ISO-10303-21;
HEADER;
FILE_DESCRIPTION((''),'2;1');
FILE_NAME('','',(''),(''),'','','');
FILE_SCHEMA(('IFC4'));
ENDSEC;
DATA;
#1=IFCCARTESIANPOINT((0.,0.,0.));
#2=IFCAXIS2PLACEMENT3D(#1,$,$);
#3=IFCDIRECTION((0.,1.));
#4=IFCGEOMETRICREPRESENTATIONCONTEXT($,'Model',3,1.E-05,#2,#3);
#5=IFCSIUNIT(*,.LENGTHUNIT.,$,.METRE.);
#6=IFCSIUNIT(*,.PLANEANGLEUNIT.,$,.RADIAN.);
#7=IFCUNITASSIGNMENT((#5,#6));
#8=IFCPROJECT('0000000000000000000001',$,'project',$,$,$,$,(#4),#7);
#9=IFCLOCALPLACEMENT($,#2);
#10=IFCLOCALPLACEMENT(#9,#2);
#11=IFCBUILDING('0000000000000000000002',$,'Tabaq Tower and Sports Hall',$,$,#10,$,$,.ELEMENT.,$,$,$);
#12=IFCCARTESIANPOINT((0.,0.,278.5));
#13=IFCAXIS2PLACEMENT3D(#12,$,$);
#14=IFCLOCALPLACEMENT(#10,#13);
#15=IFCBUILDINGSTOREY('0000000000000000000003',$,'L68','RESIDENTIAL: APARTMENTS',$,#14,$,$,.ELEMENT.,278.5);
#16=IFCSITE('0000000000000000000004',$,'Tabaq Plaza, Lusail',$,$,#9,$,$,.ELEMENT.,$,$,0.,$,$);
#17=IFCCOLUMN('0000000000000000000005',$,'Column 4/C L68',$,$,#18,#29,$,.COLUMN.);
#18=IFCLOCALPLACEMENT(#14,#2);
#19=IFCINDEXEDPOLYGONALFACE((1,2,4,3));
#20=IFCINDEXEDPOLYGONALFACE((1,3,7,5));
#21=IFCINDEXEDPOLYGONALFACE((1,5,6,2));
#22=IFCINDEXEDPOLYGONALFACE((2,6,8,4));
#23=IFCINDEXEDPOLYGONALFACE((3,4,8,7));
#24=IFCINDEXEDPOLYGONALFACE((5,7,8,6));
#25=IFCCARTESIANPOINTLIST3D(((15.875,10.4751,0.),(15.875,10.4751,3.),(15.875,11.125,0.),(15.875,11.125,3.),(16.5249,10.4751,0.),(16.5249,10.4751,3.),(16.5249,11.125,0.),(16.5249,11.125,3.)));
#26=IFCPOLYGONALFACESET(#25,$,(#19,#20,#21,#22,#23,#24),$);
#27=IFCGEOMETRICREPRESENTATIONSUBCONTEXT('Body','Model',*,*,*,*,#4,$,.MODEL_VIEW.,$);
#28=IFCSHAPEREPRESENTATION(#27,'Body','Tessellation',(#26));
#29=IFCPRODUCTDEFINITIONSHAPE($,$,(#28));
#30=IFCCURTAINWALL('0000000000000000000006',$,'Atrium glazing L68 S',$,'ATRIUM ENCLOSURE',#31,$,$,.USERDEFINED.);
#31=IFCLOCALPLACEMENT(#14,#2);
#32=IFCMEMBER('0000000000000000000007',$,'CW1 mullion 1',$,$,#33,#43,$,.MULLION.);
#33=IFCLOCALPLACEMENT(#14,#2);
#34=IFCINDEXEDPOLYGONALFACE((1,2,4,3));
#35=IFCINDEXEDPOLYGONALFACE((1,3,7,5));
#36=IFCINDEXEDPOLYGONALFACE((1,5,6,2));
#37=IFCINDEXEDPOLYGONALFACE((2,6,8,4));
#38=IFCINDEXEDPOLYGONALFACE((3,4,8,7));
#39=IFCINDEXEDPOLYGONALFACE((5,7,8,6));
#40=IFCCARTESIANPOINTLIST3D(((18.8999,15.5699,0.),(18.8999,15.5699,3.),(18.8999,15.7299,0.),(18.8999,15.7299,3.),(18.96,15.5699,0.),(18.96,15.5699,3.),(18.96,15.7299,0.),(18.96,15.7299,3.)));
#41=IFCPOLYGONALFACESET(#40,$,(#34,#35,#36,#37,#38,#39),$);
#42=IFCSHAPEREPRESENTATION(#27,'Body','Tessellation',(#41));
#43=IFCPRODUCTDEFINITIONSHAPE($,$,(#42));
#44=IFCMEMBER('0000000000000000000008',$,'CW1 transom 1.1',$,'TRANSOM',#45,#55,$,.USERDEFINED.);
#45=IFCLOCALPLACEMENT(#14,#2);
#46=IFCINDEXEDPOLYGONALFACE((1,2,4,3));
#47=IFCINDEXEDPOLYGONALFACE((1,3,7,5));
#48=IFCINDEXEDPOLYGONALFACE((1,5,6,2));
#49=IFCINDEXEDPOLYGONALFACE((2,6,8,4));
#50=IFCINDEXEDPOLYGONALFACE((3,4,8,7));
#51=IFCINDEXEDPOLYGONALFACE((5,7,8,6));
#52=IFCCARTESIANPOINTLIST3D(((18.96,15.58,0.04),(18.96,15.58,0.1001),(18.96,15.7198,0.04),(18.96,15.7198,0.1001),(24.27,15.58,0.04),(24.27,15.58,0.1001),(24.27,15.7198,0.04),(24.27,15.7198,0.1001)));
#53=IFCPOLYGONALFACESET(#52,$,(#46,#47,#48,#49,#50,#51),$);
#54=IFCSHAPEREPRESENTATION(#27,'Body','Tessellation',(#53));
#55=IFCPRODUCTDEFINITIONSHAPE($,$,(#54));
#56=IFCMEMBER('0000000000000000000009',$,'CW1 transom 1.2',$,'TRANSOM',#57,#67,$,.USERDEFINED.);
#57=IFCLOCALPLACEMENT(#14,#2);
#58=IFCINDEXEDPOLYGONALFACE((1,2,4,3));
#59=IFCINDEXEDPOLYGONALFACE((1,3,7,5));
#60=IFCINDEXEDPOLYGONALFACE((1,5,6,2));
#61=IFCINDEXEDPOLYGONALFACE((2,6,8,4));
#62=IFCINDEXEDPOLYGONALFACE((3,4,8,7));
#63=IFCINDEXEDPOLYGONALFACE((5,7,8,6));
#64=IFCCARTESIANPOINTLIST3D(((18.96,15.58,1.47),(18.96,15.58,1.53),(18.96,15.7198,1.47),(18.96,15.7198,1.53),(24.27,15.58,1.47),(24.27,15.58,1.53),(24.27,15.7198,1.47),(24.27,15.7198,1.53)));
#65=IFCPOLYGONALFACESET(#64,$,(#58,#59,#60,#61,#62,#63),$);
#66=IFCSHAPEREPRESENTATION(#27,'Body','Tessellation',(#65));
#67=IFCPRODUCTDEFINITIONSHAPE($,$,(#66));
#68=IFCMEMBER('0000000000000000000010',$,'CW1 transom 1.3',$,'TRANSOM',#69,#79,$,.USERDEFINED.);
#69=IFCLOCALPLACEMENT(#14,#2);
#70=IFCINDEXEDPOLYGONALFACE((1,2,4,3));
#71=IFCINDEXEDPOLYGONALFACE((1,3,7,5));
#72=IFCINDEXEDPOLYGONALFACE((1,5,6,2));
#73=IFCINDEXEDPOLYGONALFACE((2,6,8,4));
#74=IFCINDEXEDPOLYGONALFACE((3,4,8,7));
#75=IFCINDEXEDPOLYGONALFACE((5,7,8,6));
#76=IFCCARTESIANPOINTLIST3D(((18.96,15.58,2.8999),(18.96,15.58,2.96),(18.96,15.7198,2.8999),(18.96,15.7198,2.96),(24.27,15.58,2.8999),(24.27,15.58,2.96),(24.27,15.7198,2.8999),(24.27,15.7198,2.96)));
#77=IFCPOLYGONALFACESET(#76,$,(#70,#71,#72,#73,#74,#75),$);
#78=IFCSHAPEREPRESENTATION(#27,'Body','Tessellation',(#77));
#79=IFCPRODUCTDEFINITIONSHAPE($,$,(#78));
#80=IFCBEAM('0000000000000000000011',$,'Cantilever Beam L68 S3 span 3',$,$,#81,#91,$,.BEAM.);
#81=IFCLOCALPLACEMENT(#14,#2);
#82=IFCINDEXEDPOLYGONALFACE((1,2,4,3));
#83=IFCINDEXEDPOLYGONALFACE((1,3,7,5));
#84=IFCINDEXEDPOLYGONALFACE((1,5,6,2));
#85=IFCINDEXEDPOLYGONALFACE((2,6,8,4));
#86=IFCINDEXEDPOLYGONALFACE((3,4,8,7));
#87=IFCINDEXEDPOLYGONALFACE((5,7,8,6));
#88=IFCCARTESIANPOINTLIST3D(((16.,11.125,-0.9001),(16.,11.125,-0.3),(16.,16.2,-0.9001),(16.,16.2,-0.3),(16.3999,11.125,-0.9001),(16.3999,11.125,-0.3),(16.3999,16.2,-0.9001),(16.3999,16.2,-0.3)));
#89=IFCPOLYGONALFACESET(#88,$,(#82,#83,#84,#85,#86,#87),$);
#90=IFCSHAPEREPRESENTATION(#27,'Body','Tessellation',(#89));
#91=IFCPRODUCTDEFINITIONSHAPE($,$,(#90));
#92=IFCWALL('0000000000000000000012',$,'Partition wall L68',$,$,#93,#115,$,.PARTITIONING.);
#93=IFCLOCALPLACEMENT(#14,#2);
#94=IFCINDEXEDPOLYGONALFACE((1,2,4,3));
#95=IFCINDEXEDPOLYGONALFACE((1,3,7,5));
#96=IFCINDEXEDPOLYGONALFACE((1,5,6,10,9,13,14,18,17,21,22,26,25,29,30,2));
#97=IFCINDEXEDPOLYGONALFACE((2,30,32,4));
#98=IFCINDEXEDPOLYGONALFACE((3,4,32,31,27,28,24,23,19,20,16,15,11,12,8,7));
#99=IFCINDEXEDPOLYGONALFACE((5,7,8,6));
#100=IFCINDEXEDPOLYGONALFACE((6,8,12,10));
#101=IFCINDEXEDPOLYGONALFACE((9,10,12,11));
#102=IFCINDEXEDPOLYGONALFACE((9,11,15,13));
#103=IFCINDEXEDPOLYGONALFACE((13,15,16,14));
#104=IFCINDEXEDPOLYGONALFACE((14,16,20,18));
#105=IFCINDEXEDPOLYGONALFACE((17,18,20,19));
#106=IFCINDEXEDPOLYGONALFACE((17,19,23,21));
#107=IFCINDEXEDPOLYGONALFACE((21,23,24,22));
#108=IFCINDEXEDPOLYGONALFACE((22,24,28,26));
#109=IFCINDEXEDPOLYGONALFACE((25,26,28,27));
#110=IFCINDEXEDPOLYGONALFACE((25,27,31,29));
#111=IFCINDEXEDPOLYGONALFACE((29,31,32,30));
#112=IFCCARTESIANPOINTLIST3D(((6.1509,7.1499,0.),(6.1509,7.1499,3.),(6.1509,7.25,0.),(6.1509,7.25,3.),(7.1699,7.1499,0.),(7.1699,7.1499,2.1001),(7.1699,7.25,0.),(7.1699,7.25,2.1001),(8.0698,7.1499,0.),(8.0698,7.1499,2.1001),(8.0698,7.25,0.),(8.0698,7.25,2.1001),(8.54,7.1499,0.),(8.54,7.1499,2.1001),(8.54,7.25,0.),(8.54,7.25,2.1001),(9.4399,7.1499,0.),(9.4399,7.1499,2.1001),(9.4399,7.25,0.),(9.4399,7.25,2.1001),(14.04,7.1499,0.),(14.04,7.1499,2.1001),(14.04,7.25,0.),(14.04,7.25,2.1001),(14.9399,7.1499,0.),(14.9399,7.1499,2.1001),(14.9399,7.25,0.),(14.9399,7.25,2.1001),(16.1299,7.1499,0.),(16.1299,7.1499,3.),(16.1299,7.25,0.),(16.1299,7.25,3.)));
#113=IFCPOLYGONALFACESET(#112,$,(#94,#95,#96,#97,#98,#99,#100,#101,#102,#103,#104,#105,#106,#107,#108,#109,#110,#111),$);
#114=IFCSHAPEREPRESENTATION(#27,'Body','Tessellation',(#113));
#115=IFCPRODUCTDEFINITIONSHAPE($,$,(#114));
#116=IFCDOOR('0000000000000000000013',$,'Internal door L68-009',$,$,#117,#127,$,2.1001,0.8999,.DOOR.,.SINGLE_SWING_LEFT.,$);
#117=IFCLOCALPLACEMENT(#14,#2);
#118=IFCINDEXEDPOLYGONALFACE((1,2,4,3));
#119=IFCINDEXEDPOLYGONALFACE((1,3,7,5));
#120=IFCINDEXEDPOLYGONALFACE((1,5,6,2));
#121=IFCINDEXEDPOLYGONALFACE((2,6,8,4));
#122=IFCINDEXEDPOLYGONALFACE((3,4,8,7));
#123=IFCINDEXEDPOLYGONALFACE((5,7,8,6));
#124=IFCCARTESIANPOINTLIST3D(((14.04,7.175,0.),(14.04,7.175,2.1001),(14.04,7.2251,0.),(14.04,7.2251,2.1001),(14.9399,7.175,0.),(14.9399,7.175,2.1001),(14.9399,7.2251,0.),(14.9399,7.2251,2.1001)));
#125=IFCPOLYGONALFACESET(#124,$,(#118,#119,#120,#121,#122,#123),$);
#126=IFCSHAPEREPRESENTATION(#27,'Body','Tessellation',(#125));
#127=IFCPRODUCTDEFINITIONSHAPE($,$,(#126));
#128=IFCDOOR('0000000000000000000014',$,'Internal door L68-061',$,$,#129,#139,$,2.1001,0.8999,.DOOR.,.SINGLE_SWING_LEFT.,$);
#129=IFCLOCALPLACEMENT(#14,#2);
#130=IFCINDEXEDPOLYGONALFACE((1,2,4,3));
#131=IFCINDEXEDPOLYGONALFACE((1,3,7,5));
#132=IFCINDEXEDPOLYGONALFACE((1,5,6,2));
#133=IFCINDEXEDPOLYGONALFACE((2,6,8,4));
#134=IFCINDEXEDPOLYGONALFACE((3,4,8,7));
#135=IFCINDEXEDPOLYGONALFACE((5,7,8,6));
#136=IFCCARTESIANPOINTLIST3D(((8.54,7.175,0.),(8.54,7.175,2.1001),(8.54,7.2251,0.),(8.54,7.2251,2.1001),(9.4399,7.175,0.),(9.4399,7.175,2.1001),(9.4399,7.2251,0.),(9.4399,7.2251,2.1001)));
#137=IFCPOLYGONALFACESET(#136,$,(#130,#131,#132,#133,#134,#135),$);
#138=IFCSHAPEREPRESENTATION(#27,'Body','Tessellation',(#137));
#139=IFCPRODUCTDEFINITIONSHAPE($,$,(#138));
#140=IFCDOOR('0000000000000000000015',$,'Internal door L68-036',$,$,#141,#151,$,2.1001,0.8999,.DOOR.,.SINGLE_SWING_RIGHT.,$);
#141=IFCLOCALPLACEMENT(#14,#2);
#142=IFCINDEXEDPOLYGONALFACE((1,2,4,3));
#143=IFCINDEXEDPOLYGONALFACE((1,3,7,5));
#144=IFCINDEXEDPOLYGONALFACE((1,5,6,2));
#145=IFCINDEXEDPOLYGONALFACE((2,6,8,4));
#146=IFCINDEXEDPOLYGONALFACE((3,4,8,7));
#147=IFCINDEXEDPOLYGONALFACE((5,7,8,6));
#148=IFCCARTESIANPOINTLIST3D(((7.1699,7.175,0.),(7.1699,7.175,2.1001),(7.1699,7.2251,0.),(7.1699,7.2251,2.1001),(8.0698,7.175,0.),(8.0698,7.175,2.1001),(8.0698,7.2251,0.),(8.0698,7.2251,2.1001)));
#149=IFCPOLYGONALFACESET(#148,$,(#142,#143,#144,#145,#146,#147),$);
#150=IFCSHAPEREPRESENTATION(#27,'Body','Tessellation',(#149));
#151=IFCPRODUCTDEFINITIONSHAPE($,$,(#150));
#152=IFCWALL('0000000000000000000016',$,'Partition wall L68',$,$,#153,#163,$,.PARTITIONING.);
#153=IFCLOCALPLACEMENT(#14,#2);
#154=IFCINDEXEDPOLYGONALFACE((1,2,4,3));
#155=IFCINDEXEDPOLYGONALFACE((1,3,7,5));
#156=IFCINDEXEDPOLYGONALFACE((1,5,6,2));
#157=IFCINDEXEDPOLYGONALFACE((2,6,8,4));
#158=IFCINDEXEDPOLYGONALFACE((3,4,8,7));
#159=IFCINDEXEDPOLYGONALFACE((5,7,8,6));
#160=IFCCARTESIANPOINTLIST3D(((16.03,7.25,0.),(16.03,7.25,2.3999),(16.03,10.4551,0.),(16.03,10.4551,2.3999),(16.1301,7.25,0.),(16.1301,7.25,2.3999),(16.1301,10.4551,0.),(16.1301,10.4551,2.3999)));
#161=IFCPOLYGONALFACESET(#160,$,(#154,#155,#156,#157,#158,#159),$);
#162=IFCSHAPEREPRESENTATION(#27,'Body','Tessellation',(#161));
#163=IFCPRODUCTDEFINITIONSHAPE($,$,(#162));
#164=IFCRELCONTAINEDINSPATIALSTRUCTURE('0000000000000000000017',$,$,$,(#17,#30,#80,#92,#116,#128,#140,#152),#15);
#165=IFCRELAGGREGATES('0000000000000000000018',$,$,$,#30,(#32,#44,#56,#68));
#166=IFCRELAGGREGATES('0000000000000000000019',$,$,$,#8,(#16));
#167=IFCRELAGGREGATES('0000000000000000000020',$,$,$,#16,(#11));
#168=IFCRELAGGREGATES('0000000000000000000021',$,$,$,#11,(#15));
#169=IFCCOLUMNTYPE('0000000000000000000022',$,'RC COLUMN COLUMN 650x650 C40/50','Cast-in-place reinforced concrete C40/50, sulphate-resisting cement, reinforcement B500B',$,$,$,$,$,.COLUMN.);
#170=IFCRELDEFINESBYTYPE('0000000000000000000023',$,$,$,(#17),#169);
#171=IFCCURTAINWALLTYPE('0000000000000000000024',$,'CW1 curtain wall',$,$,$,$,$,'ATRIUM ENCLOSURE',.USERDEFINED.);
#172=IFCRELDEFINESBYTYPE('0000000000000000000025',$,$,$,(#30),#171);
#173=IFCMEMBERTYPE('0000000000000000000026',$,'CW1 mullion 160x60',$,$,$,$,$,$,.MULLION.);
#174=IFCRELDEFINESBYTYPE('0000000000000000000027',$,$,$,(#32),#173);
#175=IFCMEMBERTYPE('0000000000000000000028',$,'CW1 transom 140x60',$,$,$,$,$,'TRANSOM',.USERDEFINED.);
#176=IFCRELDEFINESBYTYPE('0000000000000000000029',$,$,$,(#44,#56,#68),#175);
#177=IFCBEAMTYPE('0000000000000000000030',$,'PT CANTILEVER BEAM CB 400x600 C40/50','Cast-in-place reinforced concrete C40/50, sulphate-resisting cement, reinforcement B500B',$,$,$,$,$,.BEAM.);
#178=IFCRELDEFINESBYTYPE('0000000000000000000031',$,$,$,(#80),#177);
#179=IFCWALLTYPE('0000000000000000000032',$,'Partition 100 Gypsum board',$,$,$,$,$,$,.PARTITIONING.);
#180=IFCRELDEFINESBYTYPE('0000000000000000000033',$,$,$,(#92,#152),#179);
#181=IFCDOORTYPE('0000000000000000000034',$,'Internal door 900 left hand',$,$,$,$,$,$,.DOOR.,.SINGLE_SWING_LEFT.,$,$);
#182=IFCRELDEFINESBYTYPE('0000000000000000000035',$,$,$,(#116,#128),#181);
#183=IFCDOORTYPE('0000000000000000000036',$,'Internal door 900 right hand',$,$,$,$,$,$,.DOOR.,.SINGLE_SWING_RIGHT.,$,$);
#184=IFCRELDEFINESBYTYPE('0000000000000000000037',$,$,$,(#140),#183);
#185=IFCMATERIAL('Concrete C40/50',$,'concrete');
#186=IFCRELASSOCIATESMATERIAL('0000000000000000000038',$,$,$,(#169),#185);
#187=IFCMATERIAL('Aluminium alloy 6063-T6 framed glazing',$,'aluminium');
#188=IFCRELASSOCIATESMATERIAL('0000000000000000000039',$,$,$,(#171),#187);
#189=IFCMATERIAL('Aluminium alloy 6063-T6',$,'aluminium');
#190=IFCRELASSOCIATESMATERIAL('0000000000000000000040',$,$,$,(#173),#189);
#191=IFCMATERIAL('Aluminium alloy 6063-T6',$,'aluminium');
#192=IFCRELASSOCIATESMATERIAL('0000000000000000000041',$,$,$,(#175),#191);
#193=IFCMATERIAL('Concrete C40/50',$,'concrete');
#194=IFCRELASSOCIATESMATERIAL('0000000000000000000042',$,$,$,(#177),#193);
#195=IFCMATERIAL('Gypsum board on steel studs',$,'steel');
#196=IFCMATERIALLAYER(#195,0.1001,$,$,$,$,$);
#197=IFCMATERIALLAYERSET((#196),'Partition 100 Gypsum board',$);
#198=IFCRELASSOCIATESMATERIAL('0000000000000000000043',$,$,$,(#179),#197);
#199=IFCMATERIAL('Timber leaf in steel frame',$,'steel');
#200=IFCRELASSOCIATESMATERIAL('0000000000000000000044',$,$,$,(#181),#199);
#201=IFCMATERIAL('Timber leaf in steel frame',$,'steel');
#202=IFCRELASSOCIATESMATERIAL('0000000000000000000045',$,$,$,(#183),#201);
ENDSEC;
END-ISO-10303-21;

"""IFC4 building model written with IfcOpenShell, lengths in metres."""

from ifc_helpers import new_model, si_unit, direction, frame, frame_2d, origin, origin_2d, place, context, subcontext, project, spatial, rectangle, extrude, material, layer, layer_set, material_profile, profile_set, type_object, element, fill, aggregate, save


model = new_model("IFC4")

# Units and contexts
model_context = context("Model", 3, precision=1e-05, world=origin(), true_north=direction((0.0, 1.0)))
body_context = subcontext(model_context, "Body", "Model", "MODEL_VIEW")
ifc_project = project(units=[si_unit("LENGTHUNIT", "METRE"), si_unit("PLANEANGLEUNIT", "RADIAN")], contexts=[model_context])

# Site, building, storey
site_placement = place(None, origin())
site = spatial("IfcSite", under=ifc_project, at=site_placement, Name="Tabaq Plaza, Lusail", CompositionType="ELEMENT", RefElevation=0.0)
building_placement = place(site_placement, origin())
building = spatial("IfcBuilding", under=site, at=building_placement, Name="Tabaq Tower and Sports Hall", CompositionType="ELEMENT")
storey_placement = place(building_placement, frame((0.0, 0.0, 278.5)))
storey = spatial("IfcBuildingStorey", under=building, at=storey_placement, Name="L68", Description="RESIDENTIAL: APARTMENTS", CompositionType="ELEMENT", Elevation=278.5)

# Column
ifc_material_1 = material(Name="Concrete C40/50", Category="concrete")
ifc_material_profile_1 = material_profile(ifc_material_1, rectangle(XDim=0.6499, YDim=0.6499, at=origin_2d()), Name="COLUMN 650x650")
ifc_profile_set_1 = profile_set([ifc_material_profile_1], Name="Concrete C40/50")
column_type = type_object("IfcColumnType", Name="RC COLUMN COLUMN 650x650 C40/50", Description="Cast-in-place reinforced concrete C40/50, sulphate-resisting cement, reinforcement B500B", PredefinedType="COLUMN", material=ifc_profile_set_1)
column_placement = place(storey_placement, frame((16.2, 10.8, 0.0), z_axis=(0.0, 0.0, 1.0), x_axis=(1.0, 0.0, 0.0)))
element("IfcColumn", 1, at=column_placement, inside=storey, type_object=column_type, Name="Column 4/C L68", PredefinedType="COLUMN", context=body_context, shape_type="SweptSolid", body=[
    extrude(rectangle(XDim=0.6499, YDim=0.6499, at=origin_2d()), origin(), (0.0, 0.0, 1.0), 3.0),
])

# Curtain wall, members
ifc_material_2 = material(Name="Aluminium alloy 6063-T6 framed glazing", Category="aluminium")
curtain_wall_type = type_object("IfcCurtainWallType", Name="CW1 curtain wall", ElementType="ATRIUM ENCLOSURE", PredefinedType="USERDEFINED", material=ifc_material_2)
curtain_wall_placement = place(storey_placement, origin())
curtain_wall = element("IfcCurtainWall", 2, at=curtain_wall_placement, inside=storey, type_object=curtain_wall_type, Name="Atrium glazing L68 S", ObjectType="ATRIUM ENCLOSURE", PredefinedType="USERDEFINED")
ifc_material_3 = material(Name="Aluminium alloy 6063-T6", Category="aluminium")
ifc_material_profile_2 = material_profile(ifc_material_3, rectangle(XDim=0.1599, YDim=0.0601, at=origin_2d()), Name="MULLION 160x60")
ifc_profile_set_2 = profile_set([ifc_material_profile_2], Name="Aluminium alloy 6063-T6")
member_type_1 = type_object("IfcMemberType", Name="CW1 mullion 160x60", PredefinedType="MULLION", material=ifc_profile_set_2)
member_1_placement = place(storey_placement, frame((18.9299, 15.6499, 0.0), z_axis=(0.0, 0.0, 1.0), x_axis=(0.0, 1.0, 0.0)))
member_1 = element("IfcMember", 3, at=member_1_placement, type_object=member_type_1, Name="CW1 mullion 1", PredefinedType="MULLION", context=body_context, shape_type="SweptSolid", body=[
    extrude(rectangle(XDim=0.1599, YDim=0.0601, at=origin_2d()), origin(), (0.0, 0.0, 1.0), 3.0),
])
ifc_material_4 = material(Name="Aluminium alloy 6063-T6", Category="aluminium")
ifc_material_profile_3 = material_profile(ifc_material_4, rectangle(XDim=0.1399, YDim=0.0601, at=origin_2d()), Name="TRANSOM 140x60")
ifc_profile_set_3 = profile_set([ifc_material_profile_3], Name="Aluminium alloy 6063-T6")
member_type_2 = type_object("IfcMemberType", Name="CW1 transom 140x60", ElementType="TRANSOM", PredefinedType="USERDEFINED", material=ifc_profile_set_3)
member_2_placement = place(storey_placement, frame((18.96, 15.6499, 0.0701), z_axis=(1.0, 0.0, 0.0), x_axis=(0.0, 1.0, 0.0)))
member_2 = element("IfcMember", 4, at=member_2_placement, type_object=member_type_2, Name="CW1 transom 1.1", ObjectType="TRANSOM", PredefinedType="USERDEFINED", context=body_context, shape_type="SweptSolid", body=[
    extrude(rectangle(XDim=0.1399, YDim=0.0601, at=origin_2d()), origin(), (0.0, 0.0, 1.0), 5.3101),
])
member_3_placement = place(storey_placement, frame((18.96, 15.6499, 1.5), z_axis=(1.0, 0.0, 0.0), x_axis=(0.0, 1.0, 0.0)))
member_3 = element("IfcMember", 5, at=member_3_placement, type_object=member_type_2, Name="CW1 transom 1.2", ObjectType="TRANSOM", PredefinedType="USERDEFINED", context=body_context, shape_type="SweptSolid", body=[
    extrude(rectangle(XDim=0.1399, YDim=0.0601, at=origin_2d()), origin(), (0.0, 0.0, 1.0), 5.3101),
])
member_4_placement = place(storey_placement, frame((18.96, 15.6499, 2.9299), z_axis=(1.0, 0.0, 0.0), x_axis=(0.0, 1.0, 0.0)))
member_4 = element("IfcMember", 6, at=member_4_placement, type_object=member_type_2, Name="CW1 transom 1.3", ObjectType="TRANSOM", PredefinedType="USERDEFINED", context=body_context, shape_type="SweptSolid", body=[
    extrude(rectangle(XDim=0.1399, YDim=0.0601, at=origin_2d()), origin(), (0.0, 0.0, 1.0), 5.3101),
])
aggregate(curtain_wall, [member_1, member_2, member_3, member_4])

# Beam
ifc_material_5 = material(Name="Concrete C40/50", Category="concrete")
ifc_material_profile_4 = material_profile(ifc_material_5, rectangle(XDim=0.3999, YDim=0.6001, at=origin_2d()), Name="CB 400x600")
ifc_profile_set_4 = profile_set([ifc_material_profile_4], Name="Concrete C40/50")
beam_type = type_object("IfcBeamType", Name="PT CANTILEVER BEAM CB 400x600 C40/50", Description="Cast-in-place reinforced concrete C40/50, sulphate-resisting cement, reinforcement B500B", PredefinedType="BEAM", material=ifc_profile_set_4)
beam_placement = place(storey_placement, frame((16.2, 11.125, -0.6001), z_axis=(0.0, 1.0, 0.0), x_axis=(-1.0, 0.0, 0.0)))
element("IfcBeam", 7, at=beam_placement, inside=storey, type_object=beam_type, Name="Cantilever Beam L68 S3 span 3", PredefinedType="BEAM", context=body_context, shape_type="SweptSolid", body=[
    extrude(rectangle(XDim=0.3999, YDim=0.6001, at=origin_2d()), origin(), (0.0, 0.0, 1.0), 5.075),
])

# Wall, openings, doors
ifc_material_6 = material(Name="Gypsum board on steel studs", Category="steel")
ifc_layer = layer(ifc_material_6, 0.1001)
ifc_layer_set = layer_set([ifc_layer], Name="Partition 100 Gypsum board")
wall_type = type_object("IfcWallType", Name="Partition 100 Gypsum board", PredefinedType="PARTITIONING", material=ifc_layer_set)
wall_1_placement = place(storey_placement, frame((16.1299, 7.2, 0.0), z_axis=(0.0, 0.0, 1.0), x_axis=(-1.0, 0.0, 0.0)))
wall_1 = element("IfcWall", 8, at=wall_1_placement, inside=storey, type_object=wall_type, Name="Partition wall L68", PredefinedType="PARTITIONING", context=body_context, shape_type="SweptSolid", body=[
    extrude(rectangle(XDim=9.979, YDim=0.1001, at=frame_2d((4.9895, 0.0))), origin(), (0.0, 0.0, 1.0), 3.0),
])
opening_1_placement = place(wall_1_placement, frame((1.1899, 0.0, 0.0)))
opening_1 = element("IfcOpeningElement", 9, at=opening_1_placement, cuts=wall_1, PredefinedType="OPENING", context=body_context, shape_type="SweptSolid", body=[
    extrude(rectangle(XDim=0.8999, YDim=2.1001, at=frame_2d((0.45, 1.05))), frame((0.0, 0.05, 0.0), z_axis=(0.0, -1.0, 0.0), x_axis=(1.0, 0.0, 0.0)), (0.0, 0.0, 1.0), 0.1001),
])
opening_2_placement = place(wall_1_placement, frame((8.0601, 0.0, 0.0)))
opening_2 = element("IfcOpeningElement", 10, at=opening_2_placement, cuts=wall_1, PredefinedType="OPENING", context=body_context, shape_type="SweptSolid", body=[
    extrude(rectangle(XDim=0.8999, YDim=2.1001, at=frame_2d((0.45, 1.05))), frame((0.0, 0.05, 0.0), z_axis=(0.0, -1.0, 0.0), x_axis=(1.0, 0.0, 0.0)), (0.0, 0.0, 1.0), 0.1001),
])
opening_3_placement = place(wall_1_placement, frame((6.6899, 0.0, 0.0)))
opening_3 = element("IfcOpeningElement", 11, at=opening_3_placement, cuts=wall_1, PredefinedType="OPENING", context=body_context, shape_type="SweptSolid", body=[
    extrude(rectangle(XDim=0.8999, YDim=2.1001, at=frame_2d((0.45, 1.05))), frame((0.0, 0.05, 0.0), z_axis=(0.0, -1.0, 0.0), x_axis=(1.0, 0.0, 0.0)), (0.0, 0.0, 1.0), 0.1001),
])
ifc_material_7 = material(Name="Timber leaf in steel frame", Category="steel")
door_type_1 = type_object("IfcDoorType", Name="Internal door 900 left hand", OperationType="SINGLE_SWING_LEFT", PredefinedType="DOOR", material=ifc_material_7)
door_1_placement = place(opening_1_placement, origin())
door_1 = element("IfcDoor", 12, at=door_1_placement, inside=storey, type_object=door_type_1, Name="Internal door L68-009", OperationType="SINGLE_SWING_LEFT", OverallHeight=2.1001, OverallWidth=0.8999, PredefinedType="DOOR", context=body_context, shape_type="SweptSolid", body=[
    extrude(rectangle(XDim=0.8999, YDim=2.1001, at=frame_2d((0.45, 1.05))), frame((0.0, 0.0249, 0.0), z_axis=(0.0, -1.0, 0.0), x_axis=(1.0, 0.0, 0.0)), (0.0, 0.0, 1.0), 0.05),
])
fill(opening_1, door_1)
door_2_placement = place(opening_3_placement, origin())
door_2 = element("IfcDoor", 13, at=door_2_placement, inside=storey, type_object=door_type_1, Name="Internal door L68-061", OperationType="SINGLE_SWING_LEFT", OverallHeight=2.1001, OverallWidth=0.8999, PredefinedType="DOOR", context=body_context, shape_type="SweptSolid", body=[
    extrude(rectangle(XDim=0.8999, YDim=2.1001, at=frame_2d((0.45, 1.05))), frame((0.0, 0.0249, 0.0), z_axis=(0.0, -1.0, 0.0), x_axis=(1.0, 0.0, 0.0)), (0.0, 0.0, 1.0), 0.05),
])
fill(opening_3, door_2)
ifc_material_8 = material(Name="Timber leaf in steel frame", Category="steel")
door_type_2 = type_object("IfcDoorType", Name="Internal door 900 right hand", OperationType="SINGLE_SWING_RIGHT", PredefinedType="DOOR", material=ifc_material_8)
door_3_placement = place(opening_2_placement, origin())
door_3 = element("IfcDoor", 14, at=door_3_placement, inside=storey, type_object=door_type_2, Name="Internal door L68-036", OperationType="SINGLE_SWING_RIGHT", OverallHeight=2.1001, OverallWidth=0.8999, PredefinedType="DOOR", context=body_context, shape_type="SweptSolid", body=[
    extrude(rectangle(XDim=0.8999, YDim=2.1001, at=frame_2d((0.45, 1.05))), frame((0.0, 0.0249, 0.0), z_axis=(0.0, -1.0, 0.0), x_axis=(1.0, 0.0, 0.0)), (0.0, 0.0, 1.0), 0.05),
])
fill(opening_2, door_3)

# Wall
wall_2_placement = place(storey_placement, frame((16.0801, 7.25, 0.0), z_axis=(0.0, 0.0, 1.0), x_axis=(0.0, 1.0, 0.0)))
element("IfcWall", 15, at=wall_2_placement, inside=storey, type_object=wall_type, Name="Partition wall L68", PredefinedType="PARTITIONING", context=body_context, shape_type="SweptSolid", body=[
    extrude(rectangle(XDim=3.2051, YDim=0.1001, at=frame_2d((1.6025, 0.0))), origin(), (0.0, 0.0, 1.0), 2.3999),
])

save(model, "model.ifc")
